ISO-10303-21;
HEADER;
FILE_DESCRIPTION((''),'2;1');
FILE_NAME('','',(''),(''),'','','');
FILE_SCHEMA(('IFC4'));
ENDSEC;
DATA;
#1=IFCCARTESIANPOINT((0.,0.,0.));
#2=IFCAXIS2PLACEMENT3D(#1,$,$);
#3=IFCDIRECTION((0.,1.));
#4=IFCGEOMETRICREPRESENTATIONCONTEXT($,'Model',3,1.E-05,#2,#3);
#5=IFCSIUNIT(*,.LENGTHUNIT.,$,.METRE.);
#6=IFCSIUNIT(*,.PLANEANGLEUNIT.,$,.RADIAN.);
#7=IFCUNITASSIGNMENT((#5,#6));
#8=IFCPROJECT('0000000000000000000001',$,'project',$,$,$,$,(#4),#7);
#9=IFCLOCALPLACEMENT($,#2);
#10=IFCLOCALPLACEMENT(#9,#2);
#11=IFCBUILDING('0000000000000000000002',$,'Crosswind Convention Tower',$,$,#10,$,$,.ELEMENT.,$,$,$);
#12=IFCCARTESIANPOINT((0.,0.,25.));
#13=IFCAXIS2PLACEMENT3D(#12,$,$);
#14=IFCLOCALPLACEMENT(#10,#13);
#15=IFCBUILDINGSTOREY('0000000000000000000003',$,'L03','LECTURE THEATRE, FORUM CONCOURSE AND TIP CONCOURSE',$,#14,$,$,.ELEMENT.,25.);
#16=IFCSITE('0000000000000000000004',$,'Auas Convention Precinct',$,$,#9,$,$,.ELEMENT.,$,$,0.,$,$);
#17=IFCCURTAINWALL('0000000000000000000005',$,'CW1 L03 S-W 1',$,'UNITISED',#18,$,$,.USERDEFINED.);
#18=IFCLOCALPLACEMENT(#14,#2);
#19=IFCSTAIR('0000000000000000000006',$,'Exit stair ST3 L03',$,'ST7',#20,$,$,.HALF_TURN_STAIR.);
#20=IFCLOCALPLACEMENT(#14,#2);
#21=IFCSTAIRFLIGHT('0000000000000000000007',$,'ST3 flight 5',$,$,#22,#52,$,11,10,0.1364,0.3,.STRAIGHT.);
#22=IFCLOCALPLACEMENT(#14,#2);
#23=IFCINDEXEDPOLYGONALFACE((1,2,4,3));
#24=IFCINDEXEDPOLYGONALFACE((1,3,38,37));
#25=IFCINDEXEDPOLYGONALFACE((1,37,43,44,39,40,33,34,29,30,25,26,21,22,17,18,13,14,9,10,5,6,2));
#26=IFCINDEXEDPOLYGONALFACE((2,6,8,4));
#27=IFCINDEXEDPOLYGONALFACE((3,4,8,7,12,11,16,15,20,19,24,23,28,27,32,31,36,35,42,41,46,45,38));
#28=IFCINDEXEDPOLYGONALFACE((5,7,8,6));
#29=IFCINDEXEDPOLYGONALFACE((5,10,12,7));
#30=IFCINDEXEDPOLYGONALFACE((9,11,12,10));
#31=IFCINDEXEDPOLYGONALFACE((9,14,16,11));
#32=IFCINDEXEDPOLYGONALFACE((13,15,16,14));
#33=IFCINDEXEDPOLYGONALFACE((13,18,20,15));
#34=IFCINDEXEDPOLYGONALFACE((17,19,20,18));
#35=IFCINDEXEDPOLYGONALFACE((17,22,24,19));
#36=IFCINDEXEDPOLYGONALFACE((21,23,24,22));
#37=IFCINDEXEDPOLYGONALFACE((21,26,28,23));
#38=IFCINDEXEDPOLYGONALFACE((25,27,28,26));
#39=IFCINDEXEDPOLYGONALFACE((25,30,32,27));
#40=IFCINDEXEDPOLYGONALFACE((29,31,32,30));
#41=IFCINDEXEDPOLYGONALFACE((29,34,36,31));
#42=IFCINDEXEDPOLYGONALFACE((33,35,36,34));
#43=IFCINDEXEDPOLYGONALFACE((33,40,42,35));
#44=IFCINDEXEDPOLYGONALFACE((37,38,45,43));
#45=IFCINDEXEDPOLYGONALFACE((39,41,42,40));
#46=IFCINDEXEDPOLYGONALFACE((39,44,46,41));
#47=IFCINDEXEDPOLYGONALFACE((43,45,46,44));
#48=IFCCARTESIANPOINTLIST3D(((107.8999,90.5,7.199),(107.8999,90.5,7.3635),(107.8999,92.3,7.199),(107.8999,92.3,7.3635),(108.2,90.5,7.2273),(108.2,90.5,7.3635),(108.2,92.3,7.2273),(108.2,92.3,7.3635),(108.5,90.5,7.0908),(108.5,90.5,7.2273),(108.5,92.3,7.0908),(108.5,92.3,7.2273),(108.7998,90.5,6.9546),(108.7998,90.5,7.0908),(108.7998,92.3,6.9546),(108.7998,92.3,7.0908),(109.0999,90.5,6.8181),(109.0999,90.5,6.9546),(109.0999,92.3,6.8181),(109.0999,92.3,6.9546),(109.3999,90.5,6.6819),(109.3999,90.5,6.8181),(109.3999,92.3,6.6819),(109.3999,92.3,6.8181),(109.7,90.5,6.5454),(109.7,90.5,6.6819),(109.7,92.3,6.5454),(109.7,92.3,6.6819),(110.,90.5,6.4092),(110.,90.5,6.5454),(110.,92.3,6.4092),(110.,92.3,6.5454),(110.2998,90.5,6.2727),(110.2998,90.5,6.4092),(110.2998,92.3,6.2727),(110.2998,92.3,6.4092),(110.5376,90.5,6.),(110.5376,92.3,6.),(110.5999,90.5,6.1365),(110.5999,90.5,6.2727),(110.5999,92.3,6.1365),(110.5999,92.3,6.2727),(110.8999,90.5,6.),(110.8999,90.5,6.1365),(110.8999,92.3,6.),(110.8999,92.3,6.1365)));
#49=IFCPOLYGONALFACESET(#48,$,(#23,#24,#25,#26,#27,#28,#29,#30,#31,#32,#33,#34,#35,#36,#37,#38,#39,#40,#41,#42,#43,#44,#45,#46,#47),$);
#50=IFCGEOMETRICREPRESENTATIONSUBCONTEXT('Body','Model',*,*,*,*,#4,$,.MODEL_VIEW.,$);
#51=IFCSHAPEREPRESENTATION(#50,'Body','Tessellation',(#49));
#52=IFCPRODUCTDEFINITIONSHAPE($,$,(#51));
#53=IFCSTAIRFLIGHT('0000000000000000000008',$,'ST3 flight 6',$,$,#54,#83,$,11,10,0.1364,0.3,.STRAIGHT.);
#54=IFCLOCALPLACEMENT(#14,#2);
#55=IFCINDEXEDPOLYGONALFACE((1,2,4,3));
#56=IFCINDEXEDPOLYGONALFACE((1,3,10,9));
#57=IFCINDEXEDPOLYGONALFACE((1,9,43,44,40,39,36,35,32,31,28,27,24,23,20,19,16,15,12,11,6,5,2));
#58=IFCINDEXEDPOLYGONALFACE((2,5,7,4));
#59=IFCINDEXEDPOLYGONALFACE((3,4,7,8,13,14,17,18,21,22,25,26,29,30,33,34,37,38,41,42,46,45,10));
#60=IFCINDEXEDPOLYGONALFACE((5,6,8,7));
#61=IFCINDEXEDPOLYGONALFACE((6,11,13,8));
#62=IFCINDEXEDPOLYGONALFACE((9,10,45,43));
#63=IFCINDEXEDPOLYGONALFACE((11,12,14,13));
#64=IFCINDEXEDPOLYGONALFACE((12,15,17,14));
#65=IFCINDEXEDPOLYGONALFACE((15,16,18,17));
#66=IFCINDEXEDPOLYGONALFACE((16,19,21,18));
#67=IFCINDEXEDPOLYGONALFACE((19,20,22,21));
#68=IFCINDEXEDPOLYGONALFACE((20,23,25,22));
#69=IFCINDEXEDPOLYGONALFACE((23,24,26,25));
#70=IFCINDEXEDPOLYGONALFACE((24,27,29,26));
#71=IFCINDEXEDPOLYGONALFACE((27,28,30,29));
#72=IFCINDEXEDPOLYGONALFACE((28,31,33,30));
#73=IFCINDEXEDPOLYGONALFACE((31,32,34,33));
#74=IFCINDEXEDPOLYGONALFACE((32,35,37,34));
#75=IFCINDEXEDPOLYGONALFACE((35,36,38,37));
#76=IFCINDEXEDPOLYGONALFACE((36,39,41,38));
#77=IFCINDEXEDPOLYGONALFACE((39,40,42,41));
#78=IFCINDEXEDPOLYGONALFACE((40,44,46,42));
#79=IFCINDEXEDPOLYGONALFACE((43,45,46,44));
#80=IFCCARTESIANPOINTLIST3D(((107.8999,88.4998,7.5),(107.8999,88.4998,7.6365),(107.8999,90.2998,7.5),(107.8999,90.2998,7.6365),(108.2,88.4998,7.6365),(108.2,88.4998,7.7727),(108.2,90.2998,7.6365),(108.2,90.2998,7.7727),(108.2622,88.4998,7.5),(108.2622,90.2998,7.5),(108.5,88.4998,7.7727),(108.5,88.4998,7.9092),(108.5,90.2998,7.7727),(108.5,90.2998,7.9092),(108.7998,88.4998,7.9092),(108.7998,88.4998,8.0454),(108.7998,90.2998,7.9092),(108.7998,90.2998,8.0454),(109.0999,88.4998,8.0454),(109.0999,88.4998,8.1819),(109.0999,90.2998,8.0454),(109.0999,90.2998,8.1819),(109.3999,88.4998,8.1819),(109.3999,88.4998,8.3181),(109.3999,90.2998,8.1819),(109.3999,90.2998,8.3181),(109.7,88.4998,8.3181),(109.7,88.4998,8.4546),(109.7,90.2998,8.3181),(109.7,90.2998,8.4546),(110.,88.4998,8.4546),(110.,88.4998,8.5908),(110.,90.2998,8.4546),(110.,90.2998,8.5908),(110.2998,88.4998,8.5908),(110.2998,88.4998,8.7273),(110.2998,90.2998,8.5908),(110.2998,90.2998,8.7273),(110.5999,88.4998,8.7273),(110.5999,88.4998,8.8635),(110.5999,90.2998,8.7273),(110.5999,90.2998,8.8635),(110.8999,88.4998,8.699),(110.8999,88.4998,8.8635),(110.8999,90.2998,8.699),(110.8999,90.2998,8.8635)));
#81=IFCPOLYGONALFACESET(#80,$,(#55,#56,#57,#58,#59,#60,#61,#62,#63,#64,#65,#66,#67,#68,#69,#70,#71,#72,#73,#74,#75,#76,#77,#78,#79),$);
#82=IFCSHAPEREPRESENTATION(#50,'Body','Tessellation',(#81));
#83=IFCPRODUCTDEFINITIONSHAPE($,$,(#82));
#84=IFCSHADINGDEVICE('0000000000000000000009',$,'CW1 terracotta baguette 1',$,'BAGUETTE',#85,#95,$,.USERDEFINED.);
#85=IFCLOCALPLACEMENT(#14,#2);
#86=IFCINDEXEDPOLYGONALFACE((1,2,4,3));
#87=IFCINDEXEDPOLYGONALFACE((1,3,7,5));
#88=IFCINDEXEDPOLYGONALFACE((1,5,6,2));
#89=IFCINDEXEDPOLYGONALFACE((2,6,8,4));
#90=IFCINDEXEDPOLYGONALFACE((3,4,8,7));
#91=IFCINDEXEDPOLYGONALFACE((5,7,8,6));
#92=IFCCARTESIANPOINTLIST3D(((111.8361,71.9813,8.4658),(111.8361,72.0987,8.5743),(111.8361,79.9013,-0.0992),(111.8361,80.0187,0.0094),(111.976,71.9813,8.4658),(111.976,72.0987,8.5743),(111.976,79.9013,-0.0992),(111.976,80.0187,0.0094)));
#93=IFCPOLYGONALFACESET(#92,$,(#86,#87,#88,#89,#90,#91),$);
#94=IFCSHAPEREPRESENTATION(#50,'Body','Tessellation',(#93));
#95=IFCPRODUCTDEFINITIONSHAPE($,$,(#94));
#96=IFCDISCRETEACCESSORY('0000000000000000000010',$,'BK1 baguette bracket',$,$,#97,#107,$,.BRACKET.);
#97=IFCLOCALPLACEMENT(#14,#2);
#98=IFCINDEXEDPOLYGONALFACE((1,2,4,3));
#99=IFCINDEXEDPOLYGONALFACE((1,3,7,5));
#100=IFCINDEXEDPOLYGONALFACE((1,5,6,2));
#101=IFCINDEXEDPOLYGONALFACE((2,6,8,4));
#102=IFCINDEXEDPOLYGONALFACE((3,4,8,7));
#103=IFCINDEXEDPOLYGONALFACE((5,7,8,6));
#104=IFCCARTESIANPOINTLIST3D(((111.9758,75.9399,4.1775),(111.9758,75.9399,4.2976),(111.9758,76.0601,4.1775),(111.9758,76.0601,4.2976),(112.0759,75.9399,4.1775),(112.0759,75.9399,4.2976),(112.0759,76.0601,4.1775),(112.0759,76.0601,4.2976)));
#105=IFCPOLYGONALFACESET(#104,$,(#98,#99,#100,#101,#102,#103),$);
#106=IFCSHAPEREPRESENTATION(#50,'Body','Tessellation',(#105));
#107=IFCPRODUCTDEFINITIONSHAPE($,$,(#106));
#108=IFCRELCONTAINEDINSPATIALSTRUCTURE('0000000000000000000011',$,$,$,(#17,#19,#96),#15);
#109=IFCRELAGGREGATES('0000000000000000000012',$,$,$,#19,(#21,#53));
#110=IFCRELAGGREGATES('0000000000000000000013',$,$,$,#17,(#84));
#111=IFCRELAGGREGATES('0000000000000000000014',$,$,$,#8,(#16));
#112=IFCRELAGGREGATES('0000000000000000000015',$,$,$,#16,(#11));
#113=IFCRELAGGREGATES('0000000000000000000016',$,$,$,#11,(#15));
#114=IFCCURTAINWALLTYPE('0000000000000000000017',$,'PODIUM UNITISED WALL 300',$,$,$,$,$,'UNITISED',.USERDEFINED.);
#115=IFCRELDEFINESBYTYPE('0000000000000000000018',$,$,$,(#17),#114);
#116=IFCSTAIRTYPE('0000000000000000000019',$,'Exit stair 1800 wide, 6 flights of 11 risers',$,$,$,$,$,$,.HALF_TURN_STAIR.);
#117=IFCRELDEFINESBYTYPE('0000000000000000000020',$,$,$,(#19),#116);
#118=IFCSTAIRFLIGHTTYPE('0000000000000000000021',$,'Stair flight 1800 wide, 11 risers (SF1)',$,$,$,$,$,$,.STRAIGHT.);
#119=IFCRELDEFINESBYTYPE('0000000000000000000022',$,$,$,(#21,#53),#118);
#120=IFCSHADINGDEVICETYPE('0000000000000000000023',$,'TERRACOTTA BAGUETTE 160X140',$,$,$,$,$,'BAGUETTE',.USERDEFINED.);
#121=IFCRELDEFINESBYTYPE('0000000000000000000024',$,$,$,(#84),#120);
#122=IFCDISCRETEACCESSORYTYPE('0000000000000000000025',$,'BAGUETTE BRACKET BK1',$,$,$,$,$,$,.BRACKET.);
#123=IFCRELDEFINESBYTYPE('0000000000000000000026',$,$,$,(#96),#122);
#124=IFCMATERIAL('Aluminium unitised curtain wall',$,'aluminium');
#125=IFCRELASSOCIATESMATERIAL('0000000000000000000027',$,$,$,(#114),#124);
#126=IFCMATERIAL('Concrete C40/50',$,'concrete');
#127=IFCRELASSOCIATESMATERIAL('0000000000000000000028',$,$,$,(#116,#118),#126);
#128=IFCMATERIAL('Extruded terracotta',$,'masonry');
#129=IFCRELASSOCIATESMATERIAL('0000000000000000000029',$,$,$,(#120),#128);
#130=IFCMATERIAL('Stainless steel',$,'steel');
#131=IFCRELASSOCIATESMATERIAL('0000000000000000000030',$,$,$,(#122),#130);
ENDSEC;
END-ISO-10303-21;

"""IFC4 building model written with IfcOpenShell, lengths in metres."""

from ifc_helpers import new_model, si_unit, direction, frame, origin, origin_2d, place, context, subcontext, project, spatial, polyline, rectangle, outline, extrude, material, material_profile, profile_set, type_object, element, aggregate, save


model = new_model("IFC4")

# Units and contexts
model_context = context("Model", 3, precision=1e-05, world=origin(), true_north=direction((0.0, 1.0)))
body_context = subcontext(model_context, "Body", "Model", "MODEL_VIEW")
ifc_project = project(units=[si_unit("LENGTHUNIT", "METRE"), si_unit("PLANEANGLEUNIT", "RADIAN")], contexts=[model_context])

# Site, building, storey
site_placement = place(None, origin())
site = spatial("IfcSite", under=ifc_project, at=site_placement, Name="Auas Convention Precinct", CompositionType="ELEMENT", RefElevation=0.0)
building_placement = place(site_placement, origin())
building = spatial("IfcBuilding", under=site, at=building_placement, Name="Crosswind Convention Tower", CompositionType="ELEMENT")
storey_placement = place(building_placement, frame((0.0, 0.0, 25.0)))
storey = spatial("IfcBuildingStorey", under=building, at=storey_placement, Name="L03", Description="LECTURE THEATRE, FORUM CONCOURSE AND TIP CONCOURSE", CompositionType="ELEMENT", Elevation=25.0)

# Shared definitions
ifc_material_1 = material(Name="Aluminium unitised curtain wall", Category="aluminium")

# Curtain wall
curtain_wall_type_1 = type_object("IfcCurtainWallType", Name="PODIUM UNITISED WALL 300", ElementType="UNITISED", PredefinedType="USERDEFINED", material=ifc_material_1)
curtain_wall_1_placement = place(storey_placement, origin())
curtain_wall_1 = element("IfcCurtainWall", 1, at=curtain_wall_1_placement, inside=storey, type_object=curtain_wall_type_1, Name="CW1 L03 S-W 1", ObjectType="UNITISED", PredefinedType="USERDEFINED")

# Shared definitions
ifc_material_2 = material(Name="Stainless steel", Category="steel")

# Stair, stair flights
ifc_material_3 = material(Name="Concrete C40/50", Category="concrete")
stair_type = type_object("IfcStairType", Name="Exit stair 1800 wide, 6 flights of 11 risers", PredefinedType="HALF_TURN_STAIR", material=ifc_material_3)
stair_placement = place(storey_placement, origin())
stair = element("IfcStair", 2, at=stair_placement, inside=storey, type_object=stair_type, Name="Exit stair ST3 L03", ObjectType="ST7", PredefinedType="HALF_TURN_STAIR")
stair_flight_type = type_object("IfcStairFlightType", Name="Stair flight 1800 wide, 11 risers (SF1)", PredefinedType="STRAIGHT", material=ifc_material_3)
stair_flight_1_placement = place(storey_placement, frame((110.8999, 91.3999, 6.0), z_axis=(0.0, 0.0, 1.0), x_axis=(-1.0, 0.0, 0.0)))
stair_flight_1 = element("IfcStairFlight", 3, at=stair_flight_1_placement, type_object=stair_flight_type, Name="ST3 flight 5", NumberOfRisers=11, NumberOfTreads=10, PredefinedType="STRAIGHT", RiserHeight=0.1364, TreadLength=0.3, context=body_context, shape_type="SweptSolid", body=[
    extrude(outline(polyline([(0.0, 0.0), (0.0, 0.1365), (0.3, 0.1365), (0.3, 0.2727), (0.6001, 0.2727), (0.6001, 0.4092), (0.8999, 0.4092), (0.8999, 0.5454), (1.2, 0.5454), (1.2, 0.6819), (1.5, 0.6819), (1.5, 0.8181), (1.8, 0.8181), (1.8, 0.9546), (2.1001, 0.9546), (2.1001, 1.0908), (2.3999, 1.0908), (2.3999, 1.2273), (2.7, 1.2273), (2.7, 1.3635), (3.0, 1.3635), (3.0, 1.5), (3.0, 1.199), (0.3623, 0.0), (0.0, 0.0)])), frame((0.0, 0.8999, 0.0), z_axis=(0.0, -1.0, 0.0), x_axis=(1.0, 0.0, 0.0)), (0.0, 0.0, 1.0), 1.8),
])
stair_flight_2_placement = place(storey_placement, frame((107.8999, 89.3999, 7.5), z_axis=(0.0, 0.0, 1.0), x_axis=(1.0, 0.0, 0.0)))
stair_flight_2 = element("IfcStairFlight", 4, at=stair_flight_2_placement, type_object=stair_flight_type, Name="ST3 flight 6", NumberOfRisers=11, NumberOfTreads=10, PredefinedType="STRAIGHT", RiserHeight=0.1364, TreadLength=0.3, context=body_context, shape_type="SweptSolid", body=[
    extrude(outline(polyline([(0.0, 0.0), (0.0, 0.1365), (0.3, 0.1365), (0.3, 0.2727), (0.6001, 0.2727), (0.6001, 0.4092), (0.8999, 0.4092), (0.8999, 0.5454), (1.2, 0.5454), (1.2, 0.6819), (1.5, 0.6819), (1.5, 0.8181), (1.8, 0.8181), (1.8, 0.9546), (2.1001, 0.9546), (2.1001, 1.0908), (2.3999, 1.0908), (2.3999, 1.2273), (2.7, 1.2273), (2.7, 1.3635), (3.0, 1.3635), (3.0, 1.5), (3.0, 1.199), (0.3623, 0.0), (0.0, 0.0)])), frame((0.0, 0.8999, 0.0), z_axis=(0.0, -1.0, 0.0), x_axis=(1.0, 0.0, 0.0)), (0.0, 0.0, 1.0), 1.8),
])
aggregate(stair, [stair_flight_1, stair_flight_2])

# Shading device
ifc_material_4 = material(Name="Extruded terracotta", Category="masonry")
ifc_material_profile_1 = material_profile(ifc_material_4, rectangle(XDim=0.1399, YDim=0.1599, at=origin_2d()), Name="TC 140X160")
ifc_profile_set_1 = profile_set([ifc_material_profile_1], Name="Extruded terracotta")
shading_device_type = type_object("IfcShadingDeviceType", Name="TERRACOTTA BAGUETTE 160X140", ElementType="BAGUETTE", PredefinedType="USERDEFINED", material=ifc_profile_set_1)
shading_device_placement = place(storey_placement, frame((111.906, 79.96, -0.0449), z_axis=(0.0, -0.67892, 0.734213), x_axis=(1.0, 0.0, 0.0)))
shading_device = element("IfcShadingDevice", 5, at=shading_device_placement, type_object=shading_device_type, Name="CW1 terracotta baguette 1", ObjectType="BAGUETTE", PredefinedType="USERDEFINED", context=body_context, shape_type="SweptSolid", body=[
    extrude(rectangle(XDim=0.1399, YDim=0.1599, at=origin_2d()), origin(), (0.0, 0.0, 1.0), 11.6655),
])
aggregate(curtain_wall_1, [shading_device])

# Discrete accessory
discrete_accessory_type = type_object("IfcDiscreteAccessoryType", Name="BAGUETTE BRACKET BK1", PredefinedType="BRACKET", material=ifc_material_2)
discrete_accessory_placement = place(storey_placement, frame((112.0259, 76.0, 4.1775), z_axis=(0.0, 0.0, 1.0), x_axis=(0.0, -1.0, 0.0)))
element("IfcDiscreteAccessory", 6, at=discrete_accessory_placement, inside=storey, type_object=discrete_accessory_type, Name="BK1 baguette bracket", PredefinedType="BRACKET", context=body_context, shape_type="SweptSolid", body=[
    extrude(rectangle(XDim=0.1201, YDim=0.1001, at=origin_2d()), origin(), (0.0, 0.0, 1.0), 0.1201),
])

save(model, "model.ifc")
